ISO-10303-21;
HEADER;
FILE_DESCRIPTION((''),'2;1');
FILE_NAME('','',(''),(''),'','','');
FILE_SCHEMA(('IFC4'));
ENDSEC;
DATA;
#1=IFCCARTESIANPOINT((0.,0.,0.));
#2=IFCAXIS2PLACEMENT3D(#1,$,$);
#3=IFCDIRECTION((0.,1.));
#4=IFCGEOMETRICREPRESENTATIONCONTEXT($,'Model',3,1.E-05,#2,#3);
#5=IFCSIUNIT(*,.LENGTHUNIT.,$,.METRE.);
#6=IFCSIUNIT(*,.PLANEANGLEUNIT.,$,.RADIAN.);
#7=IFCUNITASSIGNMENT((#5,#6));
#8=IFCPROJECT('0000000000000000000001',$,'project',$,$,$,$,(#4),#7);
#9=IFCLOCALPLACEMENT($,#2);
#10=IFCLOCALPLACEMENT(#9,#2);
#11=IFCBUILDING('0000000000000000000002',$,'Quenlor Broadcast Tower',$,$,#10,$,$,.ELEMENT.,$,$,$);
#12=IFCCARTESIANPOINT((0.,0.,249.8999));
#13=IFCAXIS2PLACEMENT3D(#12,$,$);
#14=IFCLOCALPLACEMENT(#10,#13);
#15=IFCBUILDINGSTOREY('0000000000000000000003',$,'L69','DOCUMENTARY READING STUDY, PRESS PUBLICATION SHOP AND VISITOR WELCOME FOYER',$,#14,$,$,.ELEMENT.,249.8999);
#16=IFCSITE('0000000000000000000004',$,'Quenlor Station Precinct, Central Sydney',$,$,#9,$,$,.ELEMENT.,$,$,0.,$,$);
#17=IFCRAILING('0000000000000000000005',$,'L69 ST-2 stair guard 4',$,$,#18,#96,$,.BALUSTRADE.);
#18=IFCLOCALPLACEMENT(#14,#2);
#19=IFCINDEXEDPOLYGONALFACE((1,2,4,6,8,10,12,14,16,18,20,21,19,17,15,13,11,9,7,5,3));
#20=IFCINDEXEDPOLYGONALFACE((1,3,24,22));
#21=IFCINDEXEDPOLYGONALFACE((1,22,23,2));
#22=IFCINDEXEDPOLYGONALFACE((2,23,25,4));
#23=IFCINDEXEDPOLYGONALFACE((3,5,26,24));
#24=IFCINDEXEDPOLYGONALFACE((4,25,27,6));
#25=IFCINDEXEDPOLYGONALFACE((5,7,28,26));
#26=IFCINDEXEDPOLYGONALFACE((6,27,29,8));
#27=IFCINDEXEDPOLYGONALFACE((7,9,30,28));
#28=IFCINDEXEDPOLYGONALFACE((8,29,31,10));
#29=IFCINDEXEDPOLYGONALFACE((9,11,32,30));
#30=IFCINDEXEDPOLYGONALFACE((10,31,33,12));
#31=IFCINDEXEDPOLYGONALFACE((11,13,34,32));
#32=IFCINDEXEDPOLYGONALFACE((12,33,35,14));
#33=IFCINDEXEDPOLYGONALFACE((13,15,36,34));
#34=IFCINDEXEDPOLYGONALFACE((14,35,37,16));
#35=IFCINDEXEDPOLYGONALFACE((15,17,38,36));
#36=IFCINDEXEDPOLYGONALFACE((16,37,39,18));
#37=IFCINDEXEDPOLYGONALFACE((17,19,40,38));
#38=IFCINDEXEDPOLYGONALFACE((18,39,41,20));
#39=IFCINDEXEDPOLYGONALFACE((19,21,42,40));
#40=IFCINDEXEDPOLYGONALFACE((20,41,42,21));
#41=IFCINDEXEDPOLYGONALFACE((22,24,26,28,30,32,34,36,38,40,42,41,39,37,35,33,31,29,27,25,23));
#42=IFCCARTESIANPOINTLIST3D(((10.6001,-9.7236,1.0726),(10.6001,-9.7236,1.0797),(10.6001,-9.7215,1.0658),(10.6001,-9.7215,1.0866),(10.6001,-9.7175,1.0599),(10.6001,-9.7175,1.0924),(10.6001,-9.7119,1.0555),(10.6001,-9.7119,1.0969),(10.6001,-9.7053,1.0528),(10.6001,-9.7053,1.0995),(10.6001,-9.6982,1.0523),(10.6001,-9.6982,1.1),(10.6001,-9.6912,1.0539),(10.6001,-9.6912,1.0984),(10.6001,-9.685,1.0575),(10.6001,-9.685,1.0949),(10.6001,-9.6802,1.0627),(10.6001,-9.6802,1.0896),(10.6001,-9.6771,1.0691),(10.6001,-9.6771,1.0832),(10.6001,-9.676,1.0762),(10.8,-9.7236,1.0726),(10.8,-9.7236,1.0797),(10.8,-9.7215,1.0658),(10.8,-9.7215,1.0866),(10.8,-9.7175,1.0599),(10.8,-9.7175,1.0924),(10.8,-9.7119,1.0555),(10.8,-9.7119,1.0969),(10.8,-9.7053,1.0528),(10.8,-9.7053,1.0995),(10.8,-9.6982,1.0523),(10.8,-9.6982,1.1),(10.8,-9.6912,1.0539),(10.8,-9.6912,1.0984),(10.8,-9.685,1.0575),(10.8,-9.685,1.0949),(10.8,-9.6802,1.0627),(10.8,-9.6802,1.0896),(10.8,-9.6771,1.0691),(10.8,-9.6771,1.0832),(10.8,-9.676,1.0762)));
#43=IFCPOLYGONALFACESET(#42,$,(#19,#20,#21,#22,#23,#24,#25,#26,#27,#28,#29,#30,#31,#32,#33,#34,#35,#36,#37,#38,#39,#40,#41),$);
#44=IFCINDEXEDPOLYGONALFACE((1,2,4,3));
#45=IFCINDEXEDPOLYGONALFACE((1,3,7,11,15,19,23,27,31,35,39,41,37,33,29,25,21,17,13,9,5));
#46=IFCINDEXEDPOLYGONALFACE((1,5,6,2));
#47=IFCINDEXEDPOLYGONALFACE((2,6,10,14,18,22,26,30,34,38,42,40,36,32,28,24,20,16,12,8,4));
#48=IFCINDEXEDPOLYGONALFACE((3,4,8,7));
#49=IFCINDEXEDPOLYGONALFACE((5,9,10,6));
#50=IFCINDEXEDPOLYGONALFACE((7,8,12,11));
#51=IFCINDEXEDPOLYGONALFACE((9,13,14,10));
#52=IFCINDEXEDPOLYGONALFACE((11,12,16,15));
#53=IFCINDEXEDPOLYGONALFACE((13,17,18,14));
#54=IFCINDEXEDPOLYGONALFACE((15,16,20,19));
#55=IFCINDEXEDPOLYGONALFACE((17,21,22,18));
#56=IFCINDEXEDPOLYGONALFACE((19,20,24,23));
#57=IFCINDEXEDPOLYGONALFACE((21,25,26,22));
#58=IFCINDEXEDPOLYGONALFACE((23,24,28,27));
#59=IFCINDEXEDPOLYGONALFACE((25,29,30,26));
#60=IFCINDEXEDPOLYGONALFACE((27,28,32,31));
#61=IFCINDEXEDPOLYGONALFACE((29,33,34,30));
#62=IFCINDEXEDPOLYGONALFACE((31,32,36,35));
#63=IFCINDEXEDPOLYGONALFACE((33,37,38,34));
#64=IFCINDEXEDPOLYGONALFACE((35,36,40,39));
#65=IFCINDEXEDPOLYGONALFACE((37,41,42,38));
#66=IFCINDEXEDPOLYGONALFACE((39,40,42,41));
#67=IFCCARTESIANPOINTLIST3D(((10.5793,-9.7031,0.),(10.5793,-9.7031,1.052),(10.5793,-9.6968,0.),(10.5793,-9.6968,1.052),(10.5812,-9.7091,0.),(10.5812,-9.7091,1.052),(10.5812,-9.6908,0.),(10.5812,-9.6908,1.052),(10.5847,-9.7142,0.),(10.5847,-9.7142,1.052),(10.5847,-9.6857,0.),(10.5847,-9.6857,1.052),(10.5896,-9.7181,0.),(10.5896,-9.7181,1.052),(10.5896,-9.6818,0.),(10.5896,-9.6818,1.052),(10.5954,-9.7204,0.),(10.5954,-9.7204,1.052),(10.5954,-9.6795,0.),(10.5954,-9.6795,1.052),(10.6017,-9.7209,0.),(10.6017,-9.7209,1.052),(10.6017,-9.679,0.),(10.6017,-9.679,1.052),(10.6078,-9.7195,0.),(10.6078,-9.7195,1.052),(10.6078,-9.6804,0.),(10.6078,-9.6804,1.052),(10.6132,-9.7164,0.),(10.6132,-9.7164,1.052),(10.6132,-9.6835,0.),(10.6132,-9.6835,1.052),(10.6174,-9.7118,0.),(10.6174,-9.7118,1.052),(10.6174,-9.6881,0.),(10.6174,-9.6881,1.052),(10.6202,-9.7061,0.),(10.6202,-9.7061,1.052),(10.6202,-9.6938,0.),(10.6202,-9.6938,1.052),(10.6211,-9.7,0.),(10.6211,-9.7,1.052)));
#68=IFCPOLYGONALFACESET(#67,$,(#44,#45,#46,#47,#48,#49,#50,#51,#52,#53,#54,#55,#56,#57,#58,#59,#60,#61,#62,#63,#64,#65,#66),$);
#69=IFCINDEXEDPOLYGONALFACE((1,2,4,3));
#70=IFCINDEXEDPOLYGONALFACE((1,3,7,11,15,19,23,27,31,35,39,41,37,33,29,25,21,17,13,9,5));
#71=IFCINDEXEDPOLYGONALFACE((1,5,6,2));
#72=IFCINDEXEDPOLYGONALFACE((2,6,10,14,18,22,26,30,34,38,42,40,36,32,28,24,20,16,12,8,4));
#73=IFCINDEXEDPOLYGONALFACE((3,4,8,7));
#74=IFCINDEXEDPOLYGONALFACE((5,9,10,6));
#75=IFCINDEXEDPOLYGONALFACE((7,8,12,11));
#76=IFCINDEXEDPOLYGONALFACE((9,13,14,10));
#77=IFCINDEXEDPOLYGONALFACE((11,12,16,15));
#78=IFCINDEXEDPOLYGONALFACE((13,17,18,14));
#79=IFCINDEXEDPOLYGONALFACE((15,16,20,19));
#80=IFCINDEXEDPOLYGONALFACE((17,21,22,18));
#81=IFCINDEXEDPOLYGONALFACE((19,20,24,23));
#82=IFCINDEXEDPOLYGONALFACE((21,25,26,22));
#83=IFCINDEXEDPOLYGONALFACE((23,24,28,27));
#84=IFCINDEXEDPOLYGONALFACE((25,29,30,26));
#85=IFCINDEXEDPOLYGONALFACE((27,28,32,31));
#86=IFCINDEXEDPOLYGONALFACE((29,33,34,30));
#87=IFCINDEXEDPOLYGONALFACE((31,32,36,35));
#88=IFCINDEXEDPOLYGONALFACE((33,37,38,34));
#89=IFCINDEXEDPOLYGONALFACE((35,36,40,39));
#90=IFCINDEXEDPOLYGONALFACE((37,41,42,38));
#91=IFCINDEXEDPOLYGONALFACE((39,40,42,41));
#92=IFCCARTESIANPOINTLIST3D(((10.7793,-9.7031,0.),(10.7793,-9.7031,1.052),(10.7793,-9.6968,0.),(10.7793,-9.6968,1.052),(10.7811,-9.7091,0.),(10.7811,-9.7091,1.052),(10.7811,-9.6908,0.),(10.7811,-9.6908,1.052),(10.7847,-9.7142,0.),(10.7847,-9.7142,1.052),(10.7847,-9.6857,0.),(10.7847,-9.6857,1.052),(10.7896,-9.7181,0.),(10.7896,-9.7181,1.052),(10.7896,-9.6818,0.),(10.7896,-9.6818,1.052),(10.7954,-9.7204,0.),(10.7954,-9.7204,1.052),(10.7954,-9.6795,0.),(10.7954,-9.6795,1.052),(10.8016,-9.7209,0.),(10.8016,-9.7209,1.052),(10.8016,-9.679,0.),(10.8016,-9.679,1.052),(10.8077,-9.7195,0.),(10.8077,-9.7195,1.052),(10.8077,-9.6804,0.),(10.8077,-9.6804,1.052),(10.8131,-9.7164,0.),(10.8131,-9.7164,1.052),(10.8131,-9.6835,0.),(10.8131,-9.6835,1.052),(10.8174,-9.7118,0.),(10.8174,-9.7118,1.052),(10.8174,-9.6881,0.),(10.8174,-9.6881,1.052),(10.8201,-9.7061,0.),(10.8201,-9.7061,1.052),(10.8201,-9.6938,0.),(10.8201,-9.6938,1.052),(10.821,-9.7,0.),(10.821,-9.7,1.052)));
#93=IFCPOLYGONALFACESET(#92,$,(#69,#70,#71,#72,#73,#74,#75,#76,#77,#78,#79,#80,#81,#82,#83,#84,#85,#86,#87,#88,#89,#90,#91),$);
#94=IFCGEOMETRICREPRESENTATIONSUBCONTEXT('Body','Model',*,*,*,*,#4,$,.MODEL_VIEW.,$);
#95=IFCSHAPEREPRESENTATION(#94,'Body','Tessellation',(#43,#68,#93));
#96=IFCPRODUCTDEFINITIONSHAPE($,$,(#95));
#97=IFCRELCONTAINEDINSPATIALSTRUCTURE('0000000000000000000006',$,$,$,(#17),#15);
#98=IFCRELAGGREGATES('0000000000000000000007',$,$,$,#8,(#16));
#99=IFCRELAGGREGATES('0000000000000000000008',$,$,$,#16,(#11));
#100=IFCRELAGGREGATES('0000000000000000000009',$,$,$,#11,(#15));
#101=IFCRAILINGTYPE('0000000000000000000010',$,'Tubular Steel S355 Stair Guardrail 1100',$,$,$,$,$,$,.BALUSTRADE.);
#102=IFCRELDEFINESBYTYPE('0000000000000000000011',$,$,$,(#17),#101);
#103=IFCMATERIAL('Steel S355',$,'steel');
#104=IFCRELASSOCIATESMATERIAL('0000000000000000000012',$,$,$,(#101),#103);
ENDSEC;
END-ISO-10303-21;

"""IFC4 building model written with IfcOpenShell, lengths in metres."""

from ifc_helpers import new_model, si_unit, direction, frame, origin, origin_2d, place, context, subcontext, project, spatial, circle, extrude, material, type_object, element, save


model = new_model("IFC4")

# Units and contexts
model_context = context("Model", 3, precision=1e-05, world=origin(), true_north=direction((0.0, 1.0)))
body_context = subcontext(model_context, "Body", "Model", "MODEL_VIEW")
ifc_project = project(units=[si_unit("LENGTHUNIT", "METRE"), si_unit("PLANEANGLEUNIT", "RADIAN")], contexts=[model_context])

# Site, building, storey
site_placement = place(None, origin())
site = spatial("IfcSite", under=ifc_project, at=site_placement, Name="Quenlor Station Precinct, Central Sydney", CompositionType="ELEMENT", RefElevation=0.0)
building_placement = place(site_placement, origin())
building = spatial("IfcBuilding", under=site, at=building_placement, Name="Quenlor Broadcast Tower", CompositionType="ELEMENT")
storey_placement = place(building_placement, frame((0.0, 0.0, 249.8999)))
storey = spatial("IfcBuildingStorey", under=building, at=storey_placement, Name="L69", Description="DOCUMENTARY READING STUDY, PRESS PUBLICATION SHOP AND VISITOR WELCOME FOYER", CompositionType="ELEMENT", Elevation=249.8999)

# Railing
ifc_material_1 = material(Name="Steel S355", Category="steel")
railing_type_1 = type_object("IfcRailingType", Name="Tubular Steel S355 Stair Guardrail 1100", PredefinedType="BALUSTRADE", material=ifc_material_1)
railing_1_placement = place(storey_placement, frame((10.6001, -9.7, 0.0)))
element("IfcRailing", 1, at=railing_1_placement, inside=storey, type_object=railing_type_1, Name="L69 ST-2 stair guard 4", PredefinedType="BALUSTRADE", context=body_context, shape_type="SweptSolid", body=[
    extrude(circle(Radius=0.0239, at=origin_2d()), frame((0.0, 0.0, 1.0762), z_axis=(1.0, 0.0, 0.0), x_axis=(0.0, 1.0, 0.0)), (0.0, 0.0, 1.0), 0.2),
    extrude(circle(Radius=0.021, at=origin_2d()), origin(), (0.0, 0.0, 1.0), 1.052),
    extrude(circle(Radius=0.021, at=origin_2d()), frame((0.2, 0.0, 0.0)), (0.0, 0.0, 1.0), 1.052),
])

save(model, "model.ifc")
